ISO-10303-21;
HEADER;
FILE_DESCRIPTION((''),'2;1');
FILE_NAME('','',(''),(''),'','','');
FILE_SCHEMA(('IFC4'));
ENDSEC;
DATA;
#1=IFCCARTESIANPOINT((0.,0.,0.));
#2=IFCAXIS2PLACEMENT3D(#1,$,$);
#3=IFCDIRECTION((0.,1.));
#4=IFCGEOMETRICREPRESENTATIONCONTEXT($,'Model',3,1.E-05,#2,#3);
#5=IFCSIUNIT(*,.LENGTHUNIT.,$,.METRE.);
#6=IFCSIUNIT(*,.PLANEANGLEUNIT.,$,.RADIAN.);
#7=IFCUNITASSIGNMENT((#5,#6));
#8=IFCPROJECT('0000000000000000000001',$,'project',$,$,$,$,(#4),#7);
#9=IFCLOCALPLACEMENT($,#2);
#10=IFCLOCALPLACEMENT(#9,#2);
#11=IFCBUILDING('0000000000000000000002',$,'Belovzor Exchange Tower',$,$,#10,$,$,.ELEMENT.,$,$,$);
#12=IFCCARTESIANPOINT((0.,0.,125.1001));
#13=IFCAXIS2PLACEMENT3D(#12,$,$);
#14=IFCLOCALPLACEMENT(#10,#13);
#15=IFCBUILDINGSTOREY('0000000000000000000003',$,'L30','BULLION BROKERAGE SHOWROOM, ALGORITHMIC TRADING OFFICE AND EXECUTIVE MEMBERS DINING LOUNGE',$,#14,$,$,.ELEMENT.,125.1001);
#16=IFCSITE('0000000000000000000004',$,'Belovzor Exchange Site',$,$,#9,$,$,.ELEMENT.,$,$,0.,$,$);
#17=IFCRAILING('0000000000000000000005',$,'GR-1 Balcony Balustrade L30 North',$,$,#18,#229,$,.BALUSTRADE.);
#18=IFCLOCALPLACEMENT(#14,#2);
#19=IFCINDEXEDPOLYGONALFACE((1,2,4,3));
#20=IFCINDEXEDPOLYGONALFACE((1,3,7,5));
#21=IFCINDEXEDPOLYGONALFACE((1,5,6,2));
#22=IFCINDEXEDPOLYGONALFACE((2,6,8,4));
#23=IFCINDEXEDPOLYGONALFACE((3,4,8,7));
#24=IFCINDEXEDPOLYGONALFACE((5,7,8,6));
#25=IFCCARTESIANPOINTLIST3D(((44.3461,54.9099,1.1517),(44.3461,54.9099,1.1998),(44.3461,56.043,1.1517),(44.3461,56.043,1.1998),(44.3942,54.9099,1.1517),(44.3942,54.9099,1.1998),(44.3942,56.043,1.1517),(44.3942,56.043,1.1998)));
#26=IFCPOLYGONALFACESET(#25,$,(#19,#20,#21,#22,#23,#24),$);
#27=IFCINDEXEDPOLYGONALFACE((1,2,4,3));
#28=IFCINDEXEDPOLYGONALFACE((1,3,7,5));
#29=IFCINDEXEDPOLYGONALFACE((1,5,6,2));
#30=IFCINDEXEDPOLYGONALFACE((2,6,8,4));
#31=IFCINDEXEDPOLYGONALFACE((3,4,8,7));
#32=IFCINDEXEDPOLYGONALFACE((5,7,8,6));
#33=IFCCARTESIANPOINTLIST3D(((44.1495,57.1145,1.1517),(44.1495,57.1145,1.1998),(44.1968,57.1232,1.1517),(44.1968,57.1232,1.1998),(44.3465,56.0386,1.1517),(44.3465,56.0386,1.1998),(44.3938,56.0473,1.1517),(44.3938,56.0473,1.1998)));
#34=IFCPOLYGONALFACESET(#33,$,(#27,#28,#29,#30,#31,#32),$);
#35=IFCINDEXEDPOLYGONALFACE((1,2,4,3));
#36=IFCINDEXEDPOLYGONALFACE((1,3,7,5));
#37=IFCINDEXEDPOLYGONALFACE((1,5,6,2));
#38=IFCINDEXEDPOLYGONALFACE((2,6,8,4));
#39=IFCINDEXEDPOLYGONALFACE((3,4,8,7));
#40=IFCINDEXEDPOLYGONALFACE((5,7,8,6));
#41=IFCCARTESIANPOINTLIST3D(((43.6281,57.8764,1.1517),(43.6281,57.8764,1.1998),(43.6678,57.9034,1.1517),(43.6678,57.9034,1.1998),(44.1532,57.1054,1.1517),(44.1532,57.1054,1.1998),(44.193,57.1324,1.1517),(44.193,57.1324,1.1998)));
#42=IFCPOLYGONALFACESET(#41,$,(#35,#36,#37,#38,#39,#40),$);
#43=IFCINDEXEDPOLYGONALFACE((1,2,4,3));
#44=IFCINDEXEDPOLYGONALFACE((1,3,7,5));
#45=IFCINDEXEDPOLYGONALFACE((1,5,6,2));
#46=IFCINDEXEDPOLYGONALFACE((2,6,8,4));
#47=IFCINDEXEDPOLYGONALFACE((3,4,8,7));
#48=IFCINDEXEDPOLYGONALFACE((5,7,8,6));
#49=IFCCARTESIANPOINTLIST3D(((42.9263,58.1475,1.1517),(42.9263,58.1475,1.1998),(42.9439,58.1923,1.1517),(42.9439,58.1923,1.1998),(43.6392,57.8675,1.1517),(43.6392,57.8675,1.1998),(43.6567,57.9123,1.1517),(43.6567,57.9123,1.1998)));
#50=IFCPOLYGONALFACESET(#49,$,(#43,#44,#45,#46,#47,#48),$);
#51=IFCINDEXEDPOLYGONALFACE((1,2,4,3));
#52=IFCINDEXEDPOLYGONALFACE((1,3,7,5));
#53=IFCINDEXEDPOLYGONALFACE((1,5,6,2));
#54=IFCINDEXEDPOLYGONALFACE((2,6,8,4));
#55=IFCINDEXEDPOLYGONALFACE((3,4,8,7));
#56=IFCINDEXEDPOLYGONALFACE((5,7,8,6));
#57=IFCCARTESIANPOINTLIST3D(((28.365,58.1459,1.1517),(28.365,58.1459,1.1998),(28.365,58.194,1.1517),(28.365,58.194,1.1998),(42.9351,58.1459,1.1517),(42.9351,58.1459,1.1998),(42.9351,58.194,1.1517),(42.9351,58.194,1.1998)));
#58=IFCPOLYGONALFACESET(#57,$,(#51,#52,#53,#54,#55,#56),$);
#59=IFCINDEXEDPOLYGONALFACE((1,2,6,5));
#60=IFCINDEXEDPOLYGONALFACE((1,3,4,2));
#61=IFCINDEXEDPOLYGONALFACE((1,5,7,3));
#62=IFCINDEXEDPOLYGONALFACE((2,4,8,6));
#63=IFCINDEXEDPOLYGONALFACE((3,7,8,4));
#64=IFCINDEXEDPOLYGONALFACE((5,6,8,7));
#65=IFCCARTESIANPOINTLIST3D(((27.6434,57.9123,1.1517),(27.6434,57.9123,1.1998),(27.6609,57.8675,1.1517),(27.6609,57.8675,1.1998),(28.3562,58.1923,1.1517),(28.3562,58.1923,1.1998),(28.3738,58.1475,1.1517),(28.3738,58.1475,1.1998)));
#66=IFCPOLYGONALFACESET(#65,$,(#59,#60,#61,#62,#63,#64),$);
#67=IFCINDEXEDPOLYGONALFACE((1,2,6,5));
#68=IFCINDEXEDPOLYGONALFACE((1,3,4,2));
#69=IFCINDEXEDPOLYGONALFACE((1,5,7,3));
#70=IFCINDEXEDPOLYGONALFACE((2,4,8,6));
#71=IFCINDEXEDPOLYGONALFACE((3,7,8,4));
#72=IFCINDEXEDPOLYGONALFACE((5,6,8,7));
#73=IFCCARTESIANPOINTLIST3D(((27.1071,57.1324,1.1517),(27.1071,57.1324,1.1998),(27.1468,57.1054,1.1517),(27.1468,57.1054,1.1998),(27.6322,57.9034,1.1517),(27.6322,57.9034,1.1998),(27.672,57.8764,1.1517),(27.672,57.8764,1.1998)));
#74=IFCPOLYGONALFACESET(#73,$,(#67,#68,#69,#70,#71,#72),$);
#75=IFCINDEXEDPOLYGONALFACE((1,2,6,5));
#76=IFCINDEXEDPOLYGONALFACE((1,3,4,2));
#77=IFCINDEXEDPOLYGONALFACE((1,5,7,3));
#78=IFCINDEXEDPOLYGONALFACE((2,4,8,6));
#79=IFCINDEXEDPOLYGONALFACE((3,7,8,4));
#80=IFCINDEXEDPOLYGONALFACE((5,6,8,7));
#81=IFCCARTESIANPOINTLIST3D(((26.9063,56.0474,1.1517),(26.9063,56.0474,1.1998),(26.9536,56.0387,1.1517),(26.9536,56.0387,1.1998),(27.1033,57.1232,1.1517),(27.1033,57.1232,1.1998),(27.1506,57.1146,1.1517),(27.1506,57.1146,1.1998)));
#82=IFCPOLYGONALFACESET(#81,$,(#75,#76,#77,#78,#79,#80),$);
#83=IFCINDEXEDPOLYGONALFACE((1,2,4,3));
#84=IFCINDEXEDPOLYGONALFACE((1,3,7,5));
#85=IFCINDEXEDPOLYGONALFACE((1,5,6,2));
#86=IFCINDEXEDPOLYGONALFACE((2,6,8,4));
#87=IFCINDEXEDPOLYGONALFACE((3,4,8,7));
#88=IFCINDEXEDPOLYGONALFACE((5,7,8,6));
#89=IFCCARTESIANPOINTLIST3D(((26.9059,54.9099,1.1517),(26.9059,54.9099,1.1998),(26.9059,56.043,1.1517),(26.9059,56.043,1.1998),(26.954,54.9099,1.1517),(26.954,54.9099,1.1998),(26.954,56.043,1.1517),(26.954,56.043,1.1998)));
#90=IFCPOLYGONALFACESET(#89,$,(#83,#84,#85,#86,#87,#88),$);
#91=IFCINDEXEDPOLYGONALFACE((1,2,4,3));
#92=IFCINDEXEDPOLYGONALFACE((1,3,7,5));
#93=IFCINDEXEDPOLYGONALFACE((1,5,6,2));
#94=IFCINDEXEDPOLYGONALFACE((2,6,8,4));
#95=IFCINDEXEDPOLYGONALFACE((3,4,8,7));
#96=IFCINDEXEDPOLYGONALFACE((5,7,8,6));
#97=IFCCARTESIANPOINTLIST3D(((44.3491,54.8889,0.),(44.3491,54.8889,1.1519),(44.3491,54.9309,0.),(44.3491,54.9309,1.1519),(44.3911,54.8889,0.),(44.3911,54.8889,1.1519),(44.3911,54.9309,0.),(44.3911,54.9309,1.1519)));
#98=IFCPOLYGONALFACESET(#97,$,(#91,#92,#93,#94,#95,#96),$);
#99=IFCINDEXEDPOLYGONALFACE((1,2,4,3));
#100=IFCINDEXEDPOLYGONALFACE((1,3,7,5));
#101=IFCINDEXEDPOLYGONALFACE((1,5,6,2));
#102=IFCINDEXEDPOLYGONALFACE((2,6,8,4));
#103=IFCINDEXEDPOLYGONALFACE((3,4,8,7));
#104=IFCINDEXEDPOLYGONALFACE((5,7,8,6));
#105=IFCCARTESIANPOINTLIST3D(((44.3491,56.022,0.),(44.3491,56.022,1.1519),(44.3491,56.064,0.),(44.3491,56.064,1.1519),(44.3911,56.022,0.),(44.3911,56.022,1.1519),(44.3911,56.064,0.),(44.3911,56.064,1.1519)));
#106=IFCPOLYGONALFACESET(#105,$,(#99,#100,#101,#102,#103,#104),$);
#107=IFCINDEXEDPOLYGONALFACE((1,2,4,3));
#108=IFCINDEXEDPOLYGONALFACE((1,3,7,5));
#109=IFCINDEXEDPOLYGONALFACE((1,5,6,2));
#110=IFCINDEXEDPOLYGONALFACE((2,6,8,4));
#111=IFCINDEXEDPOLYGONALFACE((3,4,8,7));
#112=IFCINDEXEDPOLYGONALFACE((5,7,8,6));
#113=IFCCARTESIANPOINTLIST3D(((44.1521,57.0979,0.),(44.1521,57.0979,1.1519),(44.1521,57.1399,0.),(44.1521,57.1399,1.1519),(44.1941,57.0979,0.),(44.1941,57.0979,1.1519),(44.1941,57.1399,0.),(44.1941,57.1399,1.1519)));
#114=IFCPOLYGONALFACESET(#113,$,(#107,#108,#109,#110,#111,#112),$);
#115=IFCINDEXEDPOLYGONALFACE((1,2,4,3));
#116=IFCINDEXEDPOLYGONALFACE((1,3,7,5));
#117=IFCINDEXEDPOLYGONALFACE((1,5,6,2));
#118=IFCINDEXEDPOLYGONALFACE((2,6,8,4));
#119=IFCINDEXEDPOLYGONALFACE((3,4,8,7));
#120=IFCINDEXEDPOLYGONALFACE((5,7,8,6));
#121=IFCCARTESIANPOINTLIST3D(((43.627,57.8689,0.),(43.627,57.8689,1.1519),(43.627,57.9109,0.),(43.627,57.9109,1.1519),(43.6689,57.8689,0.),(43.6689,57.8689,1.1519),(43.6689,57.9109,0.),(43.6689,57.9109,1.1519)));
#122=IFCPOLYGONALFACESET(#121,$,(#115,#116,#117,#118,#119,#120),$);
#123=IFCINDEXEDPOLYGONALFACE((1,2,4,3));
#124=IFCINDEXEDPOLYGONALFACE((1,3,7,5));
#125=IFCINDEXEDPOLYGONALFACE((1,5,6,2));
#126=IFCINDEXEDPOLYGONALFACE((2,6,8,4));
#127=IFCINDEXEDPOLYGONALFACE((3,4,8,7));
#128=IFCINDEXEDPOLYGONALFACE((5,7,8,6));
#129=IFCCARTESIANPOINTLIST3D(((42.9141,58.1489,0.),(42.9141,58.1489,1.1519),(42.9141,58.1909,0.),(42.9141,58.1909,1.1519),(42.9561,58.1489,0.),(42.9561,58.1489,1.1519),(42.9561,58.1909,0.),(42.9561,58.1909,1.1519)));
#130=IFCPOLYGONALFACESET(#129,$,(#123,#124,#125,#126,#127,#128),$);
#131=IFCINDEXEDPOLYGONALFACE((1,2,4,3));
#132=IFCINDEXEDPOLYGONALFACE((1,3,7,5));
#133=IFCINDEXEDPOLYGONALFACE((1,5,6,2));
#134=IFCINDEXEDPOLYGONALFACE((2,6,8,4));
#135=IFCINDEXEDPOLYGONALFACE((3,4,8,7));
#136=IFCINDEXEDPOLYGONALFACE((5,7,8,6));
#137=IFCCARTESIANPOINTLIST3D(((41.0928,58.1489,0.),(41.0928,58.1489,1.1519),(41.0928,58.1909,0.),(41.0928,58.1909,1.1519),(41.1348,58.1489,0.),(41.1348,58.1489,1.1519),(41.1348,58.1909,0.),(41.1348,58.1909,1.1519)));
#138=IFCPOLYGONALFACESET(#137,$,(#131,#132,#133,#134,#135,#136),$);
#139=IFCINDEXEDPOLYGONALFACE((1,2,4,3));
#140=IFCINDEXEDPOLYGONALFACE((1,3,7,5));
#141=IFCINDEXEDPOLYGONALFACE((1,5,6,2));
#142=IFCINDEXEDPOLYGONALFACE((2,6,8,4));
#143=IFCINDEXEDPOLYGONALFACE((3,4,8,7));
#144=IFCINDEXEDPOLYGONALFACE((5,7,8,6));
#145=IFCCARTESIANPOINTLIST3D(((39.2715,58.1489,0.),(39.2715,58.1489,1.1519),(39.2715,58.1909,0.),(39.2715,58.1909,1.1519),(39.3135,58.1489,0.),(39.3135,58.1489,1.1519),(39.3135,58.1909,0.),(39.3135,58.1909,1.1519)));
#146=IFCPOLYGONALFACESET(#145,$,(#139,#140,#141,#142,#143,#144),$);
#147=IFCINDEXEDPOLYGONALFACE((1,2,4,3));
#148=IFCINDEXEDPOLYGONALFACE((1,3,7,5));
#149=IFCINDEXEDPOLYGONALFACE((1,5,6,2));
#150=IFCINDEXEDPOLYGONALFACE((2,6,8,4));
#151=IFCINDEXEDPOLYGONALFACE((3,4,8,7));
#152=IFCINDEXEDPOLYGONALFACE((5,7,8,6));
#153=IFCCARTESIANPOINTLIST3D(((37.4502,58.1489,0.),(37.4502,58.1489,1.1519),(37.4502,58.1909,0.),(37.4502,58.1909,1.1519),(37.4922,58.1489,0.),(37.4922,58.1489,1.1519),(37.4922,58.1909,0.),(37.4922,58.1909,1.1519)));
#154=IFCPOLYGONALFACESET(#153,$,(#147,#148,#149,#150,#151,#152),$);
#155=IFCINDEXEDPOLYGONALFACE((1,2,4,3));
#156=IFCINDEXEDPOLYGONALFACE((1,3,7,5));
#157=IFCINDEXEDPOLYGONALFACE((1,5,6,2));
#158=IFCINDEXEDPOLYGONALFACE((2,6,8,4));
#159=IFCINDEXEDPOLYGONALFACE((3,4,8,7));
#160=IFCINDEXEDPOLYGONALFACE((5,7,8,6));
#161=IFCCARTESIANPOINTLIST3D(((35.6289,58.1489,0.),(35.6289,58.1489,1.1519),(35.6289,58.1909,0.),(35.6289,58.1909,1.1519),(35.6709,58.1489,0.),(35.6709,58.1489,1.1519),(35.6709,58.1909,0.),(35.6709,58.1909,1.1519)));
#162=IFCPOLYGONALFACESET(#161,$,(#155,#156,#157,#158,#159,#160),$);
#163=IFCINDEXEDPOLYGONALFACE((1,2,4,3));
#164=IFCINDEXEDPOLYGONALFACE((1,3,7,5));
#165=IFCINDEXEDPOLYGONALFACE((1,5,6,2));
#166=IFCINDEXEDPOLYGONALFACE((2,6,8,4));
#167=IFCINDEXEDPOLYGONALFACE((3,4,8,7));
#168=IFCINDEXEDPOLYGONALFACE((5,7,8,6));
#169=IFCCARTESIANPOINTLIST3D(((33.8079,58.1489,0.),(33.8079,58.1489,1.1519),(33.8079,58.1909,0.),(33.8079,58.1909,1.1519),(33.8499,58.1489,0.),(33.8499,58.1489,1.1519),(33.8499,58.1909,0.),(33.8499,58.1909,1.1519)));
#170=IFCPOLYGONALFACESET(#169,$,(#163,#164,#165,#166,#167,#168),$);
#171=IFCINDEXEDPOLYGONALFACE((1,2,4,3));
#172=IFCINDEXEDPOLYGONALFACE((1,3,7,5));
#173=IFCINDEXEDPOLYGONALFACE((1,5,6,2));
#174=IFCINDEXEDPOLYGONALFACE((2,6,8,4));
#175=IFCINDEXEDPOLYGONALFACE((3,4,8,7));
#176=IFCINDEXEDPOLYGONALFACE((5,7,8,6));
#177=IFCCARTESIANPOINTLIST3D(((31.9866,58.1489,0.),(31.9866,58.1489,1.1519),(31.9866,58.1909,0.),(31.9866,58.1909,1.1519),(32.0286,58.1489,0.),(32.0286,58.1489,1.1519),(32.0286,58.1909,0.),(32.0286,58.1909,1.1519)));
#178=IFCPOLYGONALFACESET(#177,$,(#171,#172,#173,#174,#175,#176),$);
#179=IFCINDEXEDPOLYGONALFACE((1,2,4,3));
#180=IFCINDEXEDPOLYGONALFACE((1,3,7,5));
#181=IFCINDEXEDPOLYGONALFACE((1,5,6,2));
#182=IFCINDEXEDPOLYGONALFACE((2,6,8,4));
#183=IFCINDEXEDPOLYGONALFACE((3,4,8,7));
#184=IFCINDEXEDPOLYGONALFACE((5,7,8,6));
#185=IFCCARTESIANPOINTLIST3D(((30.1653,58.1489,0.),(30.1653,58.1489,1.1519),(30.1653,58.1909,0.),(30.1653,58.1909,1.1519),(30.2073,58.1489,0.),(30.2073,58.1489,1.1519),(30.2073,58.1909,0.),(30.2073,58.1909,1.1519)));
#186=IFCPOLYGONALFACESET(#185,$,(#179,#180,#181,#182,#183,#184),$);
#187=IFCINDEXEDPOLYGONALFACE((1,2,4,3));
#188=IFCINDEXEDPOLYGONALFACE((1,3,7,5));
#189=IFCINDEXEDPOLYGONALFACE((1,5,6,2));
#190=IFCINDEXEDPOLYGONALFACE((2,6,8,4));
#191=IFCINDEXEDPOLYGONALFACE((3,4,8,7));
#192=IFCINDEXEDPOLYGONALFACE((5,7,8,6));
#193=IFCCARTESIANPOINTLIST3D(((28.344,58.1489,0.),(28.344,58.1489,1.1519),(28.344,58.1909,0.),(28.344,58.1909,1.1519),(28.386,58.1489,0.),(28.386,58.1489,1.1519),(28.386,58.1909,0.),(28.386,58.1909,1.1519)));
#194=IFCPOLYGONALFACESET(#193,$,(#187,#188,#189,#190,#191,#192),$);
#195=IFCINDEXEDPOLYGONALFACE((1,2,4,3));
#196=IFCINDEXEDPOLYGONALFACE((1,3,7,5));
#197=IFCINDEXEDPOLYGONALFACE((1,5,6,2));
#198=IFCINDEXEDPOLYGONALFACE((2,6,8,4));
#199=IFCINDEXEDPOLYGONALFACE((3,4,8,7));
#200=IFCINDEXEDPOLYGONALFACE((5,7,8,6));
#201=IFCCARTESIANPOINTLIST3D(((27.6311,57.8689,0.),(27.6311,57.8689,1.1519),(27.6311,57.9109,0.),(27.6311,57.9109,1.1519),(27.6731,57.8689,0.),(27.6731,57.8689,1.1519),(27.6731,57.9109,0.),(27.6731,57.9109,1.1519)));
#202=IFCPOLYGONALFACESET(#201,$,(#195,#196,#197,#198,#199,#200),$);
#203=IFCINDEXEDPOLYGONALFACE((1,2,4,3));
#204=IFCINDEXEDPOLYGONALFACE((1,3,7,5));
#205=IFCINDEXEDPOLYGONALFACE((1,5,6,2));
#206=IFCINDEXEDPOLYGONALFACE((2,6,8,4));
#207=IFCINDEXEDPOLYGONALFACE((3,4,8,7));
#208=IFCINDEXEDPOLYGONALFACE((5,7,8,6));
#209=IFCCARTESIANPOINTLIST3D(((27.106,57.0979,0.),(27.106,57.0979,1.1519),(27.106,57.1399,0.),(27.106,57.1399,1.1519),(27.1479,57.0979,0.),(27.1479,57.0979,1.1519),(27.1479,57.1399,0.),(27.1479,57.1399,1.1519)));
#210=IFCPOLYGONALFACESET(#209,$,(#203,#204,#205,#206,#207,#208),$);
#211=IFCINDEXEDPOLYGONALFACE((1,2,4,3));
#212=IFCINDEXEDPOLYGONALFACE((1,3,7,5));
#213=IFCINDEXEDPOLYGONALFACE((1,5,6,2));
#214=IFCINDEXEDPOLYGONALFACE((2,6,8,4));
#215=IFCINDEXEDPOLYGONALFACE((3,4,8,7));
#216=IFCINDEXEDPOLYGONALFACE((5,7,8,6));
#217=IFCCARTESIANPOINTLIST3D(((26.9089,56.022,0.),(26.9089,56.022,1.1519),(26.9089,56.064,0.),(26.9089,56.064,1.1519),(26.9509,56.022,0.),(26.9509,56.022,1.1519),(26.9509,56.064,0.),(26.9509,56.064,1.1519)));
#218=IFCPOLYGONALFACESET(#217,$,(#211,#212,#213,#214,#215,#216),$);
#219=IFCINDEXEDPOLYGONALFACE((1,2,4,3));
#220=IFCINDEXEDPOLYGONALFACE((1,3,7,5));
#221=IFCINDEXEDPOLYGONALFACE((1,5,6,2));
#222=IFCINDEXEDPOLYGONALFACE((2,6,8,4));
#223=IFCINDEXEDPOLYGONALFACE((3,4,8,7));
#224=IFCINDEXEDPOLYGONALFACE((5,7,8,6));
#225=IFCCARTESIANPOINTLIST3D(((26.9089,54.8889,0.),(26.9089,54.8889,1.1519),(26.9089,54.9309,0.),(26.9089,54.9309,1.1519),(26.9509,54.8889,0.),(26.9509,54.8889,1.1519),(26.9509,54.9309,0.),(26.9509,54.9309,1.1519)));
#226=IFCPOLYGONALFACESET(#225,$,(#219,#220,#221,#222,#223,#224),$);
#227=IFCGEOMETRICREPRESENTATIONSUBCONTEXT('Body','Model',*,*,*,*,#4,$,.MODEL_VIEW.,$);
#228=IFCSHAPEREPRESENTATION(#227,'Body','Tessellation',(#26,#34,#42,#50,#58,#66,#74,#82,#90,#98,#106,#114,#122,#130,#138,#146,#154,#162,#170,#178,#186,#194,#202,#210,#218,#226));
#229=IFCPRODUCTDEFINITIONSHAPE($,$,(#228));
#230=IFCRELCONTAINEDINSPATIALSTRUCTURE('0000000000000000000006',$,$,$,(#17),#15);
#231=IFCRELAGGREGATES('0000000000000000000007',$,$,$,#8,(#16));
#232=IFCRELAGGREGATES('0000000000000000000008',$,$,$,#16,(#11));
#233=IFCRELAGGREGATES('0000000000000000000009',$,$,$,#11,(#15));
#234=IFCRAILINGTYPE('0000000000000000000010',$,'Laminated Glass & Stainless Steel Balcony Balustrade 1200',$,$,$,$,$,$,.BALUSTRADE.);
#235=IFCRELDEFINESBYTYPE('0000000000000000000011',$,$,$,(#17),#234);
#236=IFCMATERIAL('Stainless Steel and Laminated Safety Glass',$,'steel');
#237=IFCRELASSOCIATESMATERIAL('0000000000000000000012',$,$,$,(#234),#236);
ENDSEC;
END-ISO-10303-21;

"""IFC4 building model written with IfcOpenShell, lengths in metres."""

from ifc_helpers import new_model, si_unit, direction, frame, origin, origin_2d, place, context, subcontext, project, spatial, rectangle, extrude, material, type_object, element, save


model = new_model("IFC4")

# Units and contexts
model_context = context("Model", 3, precision=1e-05, world=origin(), true_north=direction((0.0, 1.0)))
body_context = subcontext(model_context, "Body", "Model", "MODEL_VIEW")
ifc_project = project(units=[si_unit("LENGTHUNIT", "METRE"), si_unit("PLANEANGLEUNIT", "RADIAN")], contexts=[model_context])

# Site, building, storey
site_placement = place(None, origin())
site = spatial("IfcSite", under=ifc_project, at=site_placement, Name="Belovzor Exchange Site", CompositionType="ELEMENT", RefElevation=0.0)
building_placement = place(site_placement, origin())
building = spatial("IfcBuilding", under=site, at=building_placement, Name="Belovzor Exchange Tower", CompositionType="ELEMENT")
storey_placement = place(building_placement, frame((0.0, 0.0, 125.1001)))
storey = spatial("IfcBuildingStorey", under=building, at=storey_placement, Name="L30", Description="BULLION BROKERAGE SHOWROOM, ALGORITHMIC TRADING OFFICE AND EXECUTIVE MEMBERS DINING LOUNGE", CompositionType="ELEMENT", Elevation=125.1001)

# Railing
ifc_material_1 = material(Name="Stainless Steel and Laminated Safety Glass", Category="steel")
railing_type = type_object("IfcRailingType", Name="Laminated Glass & Stainless Steel Balcony Balustrade 1200", PredefinedType="BALUSTRADE", material=ifc_material_1)
railing_placement = place(storey_placement, frame((44.3701, 54.9099, 0.0)))
element("IfcRailing", 1, at=railing_placement, inside=storey, type_object=railing_type, Name="GR-1 Balcony Balustrade L30 North", PredefinedType="BALUSTRADE", context=body_context, shape_type="SweptSolid", body=[
    extrude(rectangle(XDim=0.0481, YDim=0.0481, at=origin_2d()), frame((0.0, 0.0, 1.1758), z_axis=(0.0, 1.0, 0.0), x_axis=(-1.0, 0.0, 0.0)), (0.0, 0.0, 1.0), 1.1331),
    extrude(rectangle(XDim=0.0481, YDim=0.0481, at=origin_2d()), frame((0.0, 1.1331, 1.1758), z_axis=(-0.180123, 0.983644, 0.0), x_axis=(-0.983644, -0.180123, 0.0)), (0.0, 0.0, 1.0), 1.0938),
    extrude(rectangle(XDim=0.0481, YDim=0.0481, at=origin_2d()), frame((-0.197, 2.209, 1.1758), z_axis=(-0.562947, 0.826493, 0.0), x_axis=(-0.826493, -0.562947, 0.0)), (0.0, 0.0, 1.0), 0.9329),
    extrude(rectangle(XDim=0.0481, YDim=0.0481, at=origin_2d()), frame((-0.7222, 2.98, 1.1758), z_axis=(-0.930767, 0.365613, 0.0), x_axis=(-0.365613, -0.930767, 0.0)), (0.0, 0.0, 1.0), 0.7659),
    extrude(rectangle(XDim=0.0481, YDim=0.0481, at=origin_2d()), frame((-1.4351, 3.26, 1.1758), z_axis=(-1.0, 0.0, 0.0), x_axis=(0.0, -1.0, 0.0)), (0.0, 0.0, 1.0), 14.5701),
    extrude(rectangle(XDim=0.0481, YDim=0.0481, at=origin_2d()), frame((-16.0051, 3.26, 1.1758), z_axis=(-0.930767, -0.365613, 0.0), x_axis=(0.365613, -0.930767, 0.0)), (0.0, 0.0, 1.0), 0.7659),
    extrude(rectangle(XDim=0.0481, YDim=0.0481, at=origin_2d()), frame((-16.718, 2.98, 1.1758), z_axis=(-0.562947, -0.826493, 0.0), x_axis=(0.826493, -0.562947, 0.0)), (0.0, 0.0, 1.0), 0.9329),
    extrude(rectangle(XDim=0.0481, YDim=0.0481, at=origin_2d()), frame((-17.2432, 2.209, 1.1758), z_axis=(-0.180123, -0.983644, 0.0), x_axis=(0.983644, -0.180123, 0.0)), (0.0, 0.0, 1.0), 1.0938),
    extrude(rectangle(XDim=0.0481, YDim=0.0481, at=origin_2d()), frame((-17.4402, 1.1331, 1.1758), z_axis=(0.0, -1.0, 0.0), x_axis=(1.0, 0.0, 0.0)), (0.0, 0.0, 1.0), 1.1331),
    extrude(rectangle(XDim=0.042, YDim=0.042, at=origin_2d()), origin(), (0.0, 0.0, 1.0), 1.1519),
    extrude(rectangle(XDim=0.042, YDim=0.042, at=origin_2d()), frame((0.0, 1.1331, 0.0)), (0.0, 0.0, 1.0), 1.1519),
    extrude(rectangle(XDim=0.042, YDim=0.042, at=origin_2d()), frame((-0.197, 2.209, 0.0)), (0.0, 0.0, 1.0), 1.1519),
    extrude(rectangle(XDim=0.042, YDim=0.042, at=origin_2d()), frame((-0.7222, 2.98, 0.0)), (0.0, 0.0, 1.0), 1.1519),
    extrude(rectangle(XDim=0.042, YDim=0.042, at=origin_2d()), frame((-1.4351, 3.26, 0.0)), (0.0, 0.0, 1.0), 1.1519),
    extrude(rectangle(XDim=0.042, YDim=0.042, at=origin_2d()), frame((-3.2563, 3.26, 0.0)), (0.0, 0.0, 1.0), 1.1519),
    extrude(rectangle(XDim=0.042, YDim=0.042, at=origin_2d()), frame((-5.0776, 3.26, 0.0)), (0.0, 0.0, 1.0), 1.1519),
    extrude(rectangle(XDim=0.042, YDim=0.042, at=origin_2d()), frame((-6.8989, 3.26, 0.0)), (0.0, 0.0, 1.0), 1.1519),
    extrude(rectangle(XDim=0.042, YDim=0.042, at=origin_2d()), frame((-8.7202, 3.26, 0.0)), (0.0, 0.0, 1.0), 1.1519),
    extrude(rectangle(XDim=0.042, YDim=0.042, at=origin_2d()), frame((-10.5413, 3.26, 0.0)), (0.0, 0.0, 1.0), 1.1519),
    extrude(rectangle(XDim=0.042, YDim=0.042, at=origin_2d()), frame((-12.3625, 3.26, 0.0)), (0.0, 0.0, 1.0), 1.1519),
    extrude(rectangle(XDim=0.042, YDim=0.042, at=origin_2d()), frame((-14.1838, 3.26, 0.0)), (0.0, 0.0, 1.0), 1.1519),
    extrude(rectangle(XDim=0.042, YDim=0.042, at=origin_2d()), frame((-16.0051, 3.26, 0.0)), (0.0, 0.0, 1.0), 1.1519),
    extrude(rectangle(XDim=0.042, YDim=0.042, at=origin_2d()), frame((-16.718, 2.98, 0.0)), (0.0, 0.0, 1.0), 1.1519),
    extrude(rectangle(XDim=0.042, YDim=0.042, at=origin_2d()), frame((-17.2432, 2.209, 0.0)), (0.0, 0.0, 1.0), 1.1519),
    extrude(rectangle(XDim=0.042, YDim=0.042, at=origin_2d()), frame((-17.4402, 1.1331, 0.0)), (0.0, 0.0, 1.0), 1.1519),
    extrude(rectangle(XDim=0.042, YDim=0.042, at=origin_2d()), frame((-17.4402, 0.0, 0.0)), (0.0, 0.0, 1.0), 1.1519),
])

save(model, "model.ifc")
